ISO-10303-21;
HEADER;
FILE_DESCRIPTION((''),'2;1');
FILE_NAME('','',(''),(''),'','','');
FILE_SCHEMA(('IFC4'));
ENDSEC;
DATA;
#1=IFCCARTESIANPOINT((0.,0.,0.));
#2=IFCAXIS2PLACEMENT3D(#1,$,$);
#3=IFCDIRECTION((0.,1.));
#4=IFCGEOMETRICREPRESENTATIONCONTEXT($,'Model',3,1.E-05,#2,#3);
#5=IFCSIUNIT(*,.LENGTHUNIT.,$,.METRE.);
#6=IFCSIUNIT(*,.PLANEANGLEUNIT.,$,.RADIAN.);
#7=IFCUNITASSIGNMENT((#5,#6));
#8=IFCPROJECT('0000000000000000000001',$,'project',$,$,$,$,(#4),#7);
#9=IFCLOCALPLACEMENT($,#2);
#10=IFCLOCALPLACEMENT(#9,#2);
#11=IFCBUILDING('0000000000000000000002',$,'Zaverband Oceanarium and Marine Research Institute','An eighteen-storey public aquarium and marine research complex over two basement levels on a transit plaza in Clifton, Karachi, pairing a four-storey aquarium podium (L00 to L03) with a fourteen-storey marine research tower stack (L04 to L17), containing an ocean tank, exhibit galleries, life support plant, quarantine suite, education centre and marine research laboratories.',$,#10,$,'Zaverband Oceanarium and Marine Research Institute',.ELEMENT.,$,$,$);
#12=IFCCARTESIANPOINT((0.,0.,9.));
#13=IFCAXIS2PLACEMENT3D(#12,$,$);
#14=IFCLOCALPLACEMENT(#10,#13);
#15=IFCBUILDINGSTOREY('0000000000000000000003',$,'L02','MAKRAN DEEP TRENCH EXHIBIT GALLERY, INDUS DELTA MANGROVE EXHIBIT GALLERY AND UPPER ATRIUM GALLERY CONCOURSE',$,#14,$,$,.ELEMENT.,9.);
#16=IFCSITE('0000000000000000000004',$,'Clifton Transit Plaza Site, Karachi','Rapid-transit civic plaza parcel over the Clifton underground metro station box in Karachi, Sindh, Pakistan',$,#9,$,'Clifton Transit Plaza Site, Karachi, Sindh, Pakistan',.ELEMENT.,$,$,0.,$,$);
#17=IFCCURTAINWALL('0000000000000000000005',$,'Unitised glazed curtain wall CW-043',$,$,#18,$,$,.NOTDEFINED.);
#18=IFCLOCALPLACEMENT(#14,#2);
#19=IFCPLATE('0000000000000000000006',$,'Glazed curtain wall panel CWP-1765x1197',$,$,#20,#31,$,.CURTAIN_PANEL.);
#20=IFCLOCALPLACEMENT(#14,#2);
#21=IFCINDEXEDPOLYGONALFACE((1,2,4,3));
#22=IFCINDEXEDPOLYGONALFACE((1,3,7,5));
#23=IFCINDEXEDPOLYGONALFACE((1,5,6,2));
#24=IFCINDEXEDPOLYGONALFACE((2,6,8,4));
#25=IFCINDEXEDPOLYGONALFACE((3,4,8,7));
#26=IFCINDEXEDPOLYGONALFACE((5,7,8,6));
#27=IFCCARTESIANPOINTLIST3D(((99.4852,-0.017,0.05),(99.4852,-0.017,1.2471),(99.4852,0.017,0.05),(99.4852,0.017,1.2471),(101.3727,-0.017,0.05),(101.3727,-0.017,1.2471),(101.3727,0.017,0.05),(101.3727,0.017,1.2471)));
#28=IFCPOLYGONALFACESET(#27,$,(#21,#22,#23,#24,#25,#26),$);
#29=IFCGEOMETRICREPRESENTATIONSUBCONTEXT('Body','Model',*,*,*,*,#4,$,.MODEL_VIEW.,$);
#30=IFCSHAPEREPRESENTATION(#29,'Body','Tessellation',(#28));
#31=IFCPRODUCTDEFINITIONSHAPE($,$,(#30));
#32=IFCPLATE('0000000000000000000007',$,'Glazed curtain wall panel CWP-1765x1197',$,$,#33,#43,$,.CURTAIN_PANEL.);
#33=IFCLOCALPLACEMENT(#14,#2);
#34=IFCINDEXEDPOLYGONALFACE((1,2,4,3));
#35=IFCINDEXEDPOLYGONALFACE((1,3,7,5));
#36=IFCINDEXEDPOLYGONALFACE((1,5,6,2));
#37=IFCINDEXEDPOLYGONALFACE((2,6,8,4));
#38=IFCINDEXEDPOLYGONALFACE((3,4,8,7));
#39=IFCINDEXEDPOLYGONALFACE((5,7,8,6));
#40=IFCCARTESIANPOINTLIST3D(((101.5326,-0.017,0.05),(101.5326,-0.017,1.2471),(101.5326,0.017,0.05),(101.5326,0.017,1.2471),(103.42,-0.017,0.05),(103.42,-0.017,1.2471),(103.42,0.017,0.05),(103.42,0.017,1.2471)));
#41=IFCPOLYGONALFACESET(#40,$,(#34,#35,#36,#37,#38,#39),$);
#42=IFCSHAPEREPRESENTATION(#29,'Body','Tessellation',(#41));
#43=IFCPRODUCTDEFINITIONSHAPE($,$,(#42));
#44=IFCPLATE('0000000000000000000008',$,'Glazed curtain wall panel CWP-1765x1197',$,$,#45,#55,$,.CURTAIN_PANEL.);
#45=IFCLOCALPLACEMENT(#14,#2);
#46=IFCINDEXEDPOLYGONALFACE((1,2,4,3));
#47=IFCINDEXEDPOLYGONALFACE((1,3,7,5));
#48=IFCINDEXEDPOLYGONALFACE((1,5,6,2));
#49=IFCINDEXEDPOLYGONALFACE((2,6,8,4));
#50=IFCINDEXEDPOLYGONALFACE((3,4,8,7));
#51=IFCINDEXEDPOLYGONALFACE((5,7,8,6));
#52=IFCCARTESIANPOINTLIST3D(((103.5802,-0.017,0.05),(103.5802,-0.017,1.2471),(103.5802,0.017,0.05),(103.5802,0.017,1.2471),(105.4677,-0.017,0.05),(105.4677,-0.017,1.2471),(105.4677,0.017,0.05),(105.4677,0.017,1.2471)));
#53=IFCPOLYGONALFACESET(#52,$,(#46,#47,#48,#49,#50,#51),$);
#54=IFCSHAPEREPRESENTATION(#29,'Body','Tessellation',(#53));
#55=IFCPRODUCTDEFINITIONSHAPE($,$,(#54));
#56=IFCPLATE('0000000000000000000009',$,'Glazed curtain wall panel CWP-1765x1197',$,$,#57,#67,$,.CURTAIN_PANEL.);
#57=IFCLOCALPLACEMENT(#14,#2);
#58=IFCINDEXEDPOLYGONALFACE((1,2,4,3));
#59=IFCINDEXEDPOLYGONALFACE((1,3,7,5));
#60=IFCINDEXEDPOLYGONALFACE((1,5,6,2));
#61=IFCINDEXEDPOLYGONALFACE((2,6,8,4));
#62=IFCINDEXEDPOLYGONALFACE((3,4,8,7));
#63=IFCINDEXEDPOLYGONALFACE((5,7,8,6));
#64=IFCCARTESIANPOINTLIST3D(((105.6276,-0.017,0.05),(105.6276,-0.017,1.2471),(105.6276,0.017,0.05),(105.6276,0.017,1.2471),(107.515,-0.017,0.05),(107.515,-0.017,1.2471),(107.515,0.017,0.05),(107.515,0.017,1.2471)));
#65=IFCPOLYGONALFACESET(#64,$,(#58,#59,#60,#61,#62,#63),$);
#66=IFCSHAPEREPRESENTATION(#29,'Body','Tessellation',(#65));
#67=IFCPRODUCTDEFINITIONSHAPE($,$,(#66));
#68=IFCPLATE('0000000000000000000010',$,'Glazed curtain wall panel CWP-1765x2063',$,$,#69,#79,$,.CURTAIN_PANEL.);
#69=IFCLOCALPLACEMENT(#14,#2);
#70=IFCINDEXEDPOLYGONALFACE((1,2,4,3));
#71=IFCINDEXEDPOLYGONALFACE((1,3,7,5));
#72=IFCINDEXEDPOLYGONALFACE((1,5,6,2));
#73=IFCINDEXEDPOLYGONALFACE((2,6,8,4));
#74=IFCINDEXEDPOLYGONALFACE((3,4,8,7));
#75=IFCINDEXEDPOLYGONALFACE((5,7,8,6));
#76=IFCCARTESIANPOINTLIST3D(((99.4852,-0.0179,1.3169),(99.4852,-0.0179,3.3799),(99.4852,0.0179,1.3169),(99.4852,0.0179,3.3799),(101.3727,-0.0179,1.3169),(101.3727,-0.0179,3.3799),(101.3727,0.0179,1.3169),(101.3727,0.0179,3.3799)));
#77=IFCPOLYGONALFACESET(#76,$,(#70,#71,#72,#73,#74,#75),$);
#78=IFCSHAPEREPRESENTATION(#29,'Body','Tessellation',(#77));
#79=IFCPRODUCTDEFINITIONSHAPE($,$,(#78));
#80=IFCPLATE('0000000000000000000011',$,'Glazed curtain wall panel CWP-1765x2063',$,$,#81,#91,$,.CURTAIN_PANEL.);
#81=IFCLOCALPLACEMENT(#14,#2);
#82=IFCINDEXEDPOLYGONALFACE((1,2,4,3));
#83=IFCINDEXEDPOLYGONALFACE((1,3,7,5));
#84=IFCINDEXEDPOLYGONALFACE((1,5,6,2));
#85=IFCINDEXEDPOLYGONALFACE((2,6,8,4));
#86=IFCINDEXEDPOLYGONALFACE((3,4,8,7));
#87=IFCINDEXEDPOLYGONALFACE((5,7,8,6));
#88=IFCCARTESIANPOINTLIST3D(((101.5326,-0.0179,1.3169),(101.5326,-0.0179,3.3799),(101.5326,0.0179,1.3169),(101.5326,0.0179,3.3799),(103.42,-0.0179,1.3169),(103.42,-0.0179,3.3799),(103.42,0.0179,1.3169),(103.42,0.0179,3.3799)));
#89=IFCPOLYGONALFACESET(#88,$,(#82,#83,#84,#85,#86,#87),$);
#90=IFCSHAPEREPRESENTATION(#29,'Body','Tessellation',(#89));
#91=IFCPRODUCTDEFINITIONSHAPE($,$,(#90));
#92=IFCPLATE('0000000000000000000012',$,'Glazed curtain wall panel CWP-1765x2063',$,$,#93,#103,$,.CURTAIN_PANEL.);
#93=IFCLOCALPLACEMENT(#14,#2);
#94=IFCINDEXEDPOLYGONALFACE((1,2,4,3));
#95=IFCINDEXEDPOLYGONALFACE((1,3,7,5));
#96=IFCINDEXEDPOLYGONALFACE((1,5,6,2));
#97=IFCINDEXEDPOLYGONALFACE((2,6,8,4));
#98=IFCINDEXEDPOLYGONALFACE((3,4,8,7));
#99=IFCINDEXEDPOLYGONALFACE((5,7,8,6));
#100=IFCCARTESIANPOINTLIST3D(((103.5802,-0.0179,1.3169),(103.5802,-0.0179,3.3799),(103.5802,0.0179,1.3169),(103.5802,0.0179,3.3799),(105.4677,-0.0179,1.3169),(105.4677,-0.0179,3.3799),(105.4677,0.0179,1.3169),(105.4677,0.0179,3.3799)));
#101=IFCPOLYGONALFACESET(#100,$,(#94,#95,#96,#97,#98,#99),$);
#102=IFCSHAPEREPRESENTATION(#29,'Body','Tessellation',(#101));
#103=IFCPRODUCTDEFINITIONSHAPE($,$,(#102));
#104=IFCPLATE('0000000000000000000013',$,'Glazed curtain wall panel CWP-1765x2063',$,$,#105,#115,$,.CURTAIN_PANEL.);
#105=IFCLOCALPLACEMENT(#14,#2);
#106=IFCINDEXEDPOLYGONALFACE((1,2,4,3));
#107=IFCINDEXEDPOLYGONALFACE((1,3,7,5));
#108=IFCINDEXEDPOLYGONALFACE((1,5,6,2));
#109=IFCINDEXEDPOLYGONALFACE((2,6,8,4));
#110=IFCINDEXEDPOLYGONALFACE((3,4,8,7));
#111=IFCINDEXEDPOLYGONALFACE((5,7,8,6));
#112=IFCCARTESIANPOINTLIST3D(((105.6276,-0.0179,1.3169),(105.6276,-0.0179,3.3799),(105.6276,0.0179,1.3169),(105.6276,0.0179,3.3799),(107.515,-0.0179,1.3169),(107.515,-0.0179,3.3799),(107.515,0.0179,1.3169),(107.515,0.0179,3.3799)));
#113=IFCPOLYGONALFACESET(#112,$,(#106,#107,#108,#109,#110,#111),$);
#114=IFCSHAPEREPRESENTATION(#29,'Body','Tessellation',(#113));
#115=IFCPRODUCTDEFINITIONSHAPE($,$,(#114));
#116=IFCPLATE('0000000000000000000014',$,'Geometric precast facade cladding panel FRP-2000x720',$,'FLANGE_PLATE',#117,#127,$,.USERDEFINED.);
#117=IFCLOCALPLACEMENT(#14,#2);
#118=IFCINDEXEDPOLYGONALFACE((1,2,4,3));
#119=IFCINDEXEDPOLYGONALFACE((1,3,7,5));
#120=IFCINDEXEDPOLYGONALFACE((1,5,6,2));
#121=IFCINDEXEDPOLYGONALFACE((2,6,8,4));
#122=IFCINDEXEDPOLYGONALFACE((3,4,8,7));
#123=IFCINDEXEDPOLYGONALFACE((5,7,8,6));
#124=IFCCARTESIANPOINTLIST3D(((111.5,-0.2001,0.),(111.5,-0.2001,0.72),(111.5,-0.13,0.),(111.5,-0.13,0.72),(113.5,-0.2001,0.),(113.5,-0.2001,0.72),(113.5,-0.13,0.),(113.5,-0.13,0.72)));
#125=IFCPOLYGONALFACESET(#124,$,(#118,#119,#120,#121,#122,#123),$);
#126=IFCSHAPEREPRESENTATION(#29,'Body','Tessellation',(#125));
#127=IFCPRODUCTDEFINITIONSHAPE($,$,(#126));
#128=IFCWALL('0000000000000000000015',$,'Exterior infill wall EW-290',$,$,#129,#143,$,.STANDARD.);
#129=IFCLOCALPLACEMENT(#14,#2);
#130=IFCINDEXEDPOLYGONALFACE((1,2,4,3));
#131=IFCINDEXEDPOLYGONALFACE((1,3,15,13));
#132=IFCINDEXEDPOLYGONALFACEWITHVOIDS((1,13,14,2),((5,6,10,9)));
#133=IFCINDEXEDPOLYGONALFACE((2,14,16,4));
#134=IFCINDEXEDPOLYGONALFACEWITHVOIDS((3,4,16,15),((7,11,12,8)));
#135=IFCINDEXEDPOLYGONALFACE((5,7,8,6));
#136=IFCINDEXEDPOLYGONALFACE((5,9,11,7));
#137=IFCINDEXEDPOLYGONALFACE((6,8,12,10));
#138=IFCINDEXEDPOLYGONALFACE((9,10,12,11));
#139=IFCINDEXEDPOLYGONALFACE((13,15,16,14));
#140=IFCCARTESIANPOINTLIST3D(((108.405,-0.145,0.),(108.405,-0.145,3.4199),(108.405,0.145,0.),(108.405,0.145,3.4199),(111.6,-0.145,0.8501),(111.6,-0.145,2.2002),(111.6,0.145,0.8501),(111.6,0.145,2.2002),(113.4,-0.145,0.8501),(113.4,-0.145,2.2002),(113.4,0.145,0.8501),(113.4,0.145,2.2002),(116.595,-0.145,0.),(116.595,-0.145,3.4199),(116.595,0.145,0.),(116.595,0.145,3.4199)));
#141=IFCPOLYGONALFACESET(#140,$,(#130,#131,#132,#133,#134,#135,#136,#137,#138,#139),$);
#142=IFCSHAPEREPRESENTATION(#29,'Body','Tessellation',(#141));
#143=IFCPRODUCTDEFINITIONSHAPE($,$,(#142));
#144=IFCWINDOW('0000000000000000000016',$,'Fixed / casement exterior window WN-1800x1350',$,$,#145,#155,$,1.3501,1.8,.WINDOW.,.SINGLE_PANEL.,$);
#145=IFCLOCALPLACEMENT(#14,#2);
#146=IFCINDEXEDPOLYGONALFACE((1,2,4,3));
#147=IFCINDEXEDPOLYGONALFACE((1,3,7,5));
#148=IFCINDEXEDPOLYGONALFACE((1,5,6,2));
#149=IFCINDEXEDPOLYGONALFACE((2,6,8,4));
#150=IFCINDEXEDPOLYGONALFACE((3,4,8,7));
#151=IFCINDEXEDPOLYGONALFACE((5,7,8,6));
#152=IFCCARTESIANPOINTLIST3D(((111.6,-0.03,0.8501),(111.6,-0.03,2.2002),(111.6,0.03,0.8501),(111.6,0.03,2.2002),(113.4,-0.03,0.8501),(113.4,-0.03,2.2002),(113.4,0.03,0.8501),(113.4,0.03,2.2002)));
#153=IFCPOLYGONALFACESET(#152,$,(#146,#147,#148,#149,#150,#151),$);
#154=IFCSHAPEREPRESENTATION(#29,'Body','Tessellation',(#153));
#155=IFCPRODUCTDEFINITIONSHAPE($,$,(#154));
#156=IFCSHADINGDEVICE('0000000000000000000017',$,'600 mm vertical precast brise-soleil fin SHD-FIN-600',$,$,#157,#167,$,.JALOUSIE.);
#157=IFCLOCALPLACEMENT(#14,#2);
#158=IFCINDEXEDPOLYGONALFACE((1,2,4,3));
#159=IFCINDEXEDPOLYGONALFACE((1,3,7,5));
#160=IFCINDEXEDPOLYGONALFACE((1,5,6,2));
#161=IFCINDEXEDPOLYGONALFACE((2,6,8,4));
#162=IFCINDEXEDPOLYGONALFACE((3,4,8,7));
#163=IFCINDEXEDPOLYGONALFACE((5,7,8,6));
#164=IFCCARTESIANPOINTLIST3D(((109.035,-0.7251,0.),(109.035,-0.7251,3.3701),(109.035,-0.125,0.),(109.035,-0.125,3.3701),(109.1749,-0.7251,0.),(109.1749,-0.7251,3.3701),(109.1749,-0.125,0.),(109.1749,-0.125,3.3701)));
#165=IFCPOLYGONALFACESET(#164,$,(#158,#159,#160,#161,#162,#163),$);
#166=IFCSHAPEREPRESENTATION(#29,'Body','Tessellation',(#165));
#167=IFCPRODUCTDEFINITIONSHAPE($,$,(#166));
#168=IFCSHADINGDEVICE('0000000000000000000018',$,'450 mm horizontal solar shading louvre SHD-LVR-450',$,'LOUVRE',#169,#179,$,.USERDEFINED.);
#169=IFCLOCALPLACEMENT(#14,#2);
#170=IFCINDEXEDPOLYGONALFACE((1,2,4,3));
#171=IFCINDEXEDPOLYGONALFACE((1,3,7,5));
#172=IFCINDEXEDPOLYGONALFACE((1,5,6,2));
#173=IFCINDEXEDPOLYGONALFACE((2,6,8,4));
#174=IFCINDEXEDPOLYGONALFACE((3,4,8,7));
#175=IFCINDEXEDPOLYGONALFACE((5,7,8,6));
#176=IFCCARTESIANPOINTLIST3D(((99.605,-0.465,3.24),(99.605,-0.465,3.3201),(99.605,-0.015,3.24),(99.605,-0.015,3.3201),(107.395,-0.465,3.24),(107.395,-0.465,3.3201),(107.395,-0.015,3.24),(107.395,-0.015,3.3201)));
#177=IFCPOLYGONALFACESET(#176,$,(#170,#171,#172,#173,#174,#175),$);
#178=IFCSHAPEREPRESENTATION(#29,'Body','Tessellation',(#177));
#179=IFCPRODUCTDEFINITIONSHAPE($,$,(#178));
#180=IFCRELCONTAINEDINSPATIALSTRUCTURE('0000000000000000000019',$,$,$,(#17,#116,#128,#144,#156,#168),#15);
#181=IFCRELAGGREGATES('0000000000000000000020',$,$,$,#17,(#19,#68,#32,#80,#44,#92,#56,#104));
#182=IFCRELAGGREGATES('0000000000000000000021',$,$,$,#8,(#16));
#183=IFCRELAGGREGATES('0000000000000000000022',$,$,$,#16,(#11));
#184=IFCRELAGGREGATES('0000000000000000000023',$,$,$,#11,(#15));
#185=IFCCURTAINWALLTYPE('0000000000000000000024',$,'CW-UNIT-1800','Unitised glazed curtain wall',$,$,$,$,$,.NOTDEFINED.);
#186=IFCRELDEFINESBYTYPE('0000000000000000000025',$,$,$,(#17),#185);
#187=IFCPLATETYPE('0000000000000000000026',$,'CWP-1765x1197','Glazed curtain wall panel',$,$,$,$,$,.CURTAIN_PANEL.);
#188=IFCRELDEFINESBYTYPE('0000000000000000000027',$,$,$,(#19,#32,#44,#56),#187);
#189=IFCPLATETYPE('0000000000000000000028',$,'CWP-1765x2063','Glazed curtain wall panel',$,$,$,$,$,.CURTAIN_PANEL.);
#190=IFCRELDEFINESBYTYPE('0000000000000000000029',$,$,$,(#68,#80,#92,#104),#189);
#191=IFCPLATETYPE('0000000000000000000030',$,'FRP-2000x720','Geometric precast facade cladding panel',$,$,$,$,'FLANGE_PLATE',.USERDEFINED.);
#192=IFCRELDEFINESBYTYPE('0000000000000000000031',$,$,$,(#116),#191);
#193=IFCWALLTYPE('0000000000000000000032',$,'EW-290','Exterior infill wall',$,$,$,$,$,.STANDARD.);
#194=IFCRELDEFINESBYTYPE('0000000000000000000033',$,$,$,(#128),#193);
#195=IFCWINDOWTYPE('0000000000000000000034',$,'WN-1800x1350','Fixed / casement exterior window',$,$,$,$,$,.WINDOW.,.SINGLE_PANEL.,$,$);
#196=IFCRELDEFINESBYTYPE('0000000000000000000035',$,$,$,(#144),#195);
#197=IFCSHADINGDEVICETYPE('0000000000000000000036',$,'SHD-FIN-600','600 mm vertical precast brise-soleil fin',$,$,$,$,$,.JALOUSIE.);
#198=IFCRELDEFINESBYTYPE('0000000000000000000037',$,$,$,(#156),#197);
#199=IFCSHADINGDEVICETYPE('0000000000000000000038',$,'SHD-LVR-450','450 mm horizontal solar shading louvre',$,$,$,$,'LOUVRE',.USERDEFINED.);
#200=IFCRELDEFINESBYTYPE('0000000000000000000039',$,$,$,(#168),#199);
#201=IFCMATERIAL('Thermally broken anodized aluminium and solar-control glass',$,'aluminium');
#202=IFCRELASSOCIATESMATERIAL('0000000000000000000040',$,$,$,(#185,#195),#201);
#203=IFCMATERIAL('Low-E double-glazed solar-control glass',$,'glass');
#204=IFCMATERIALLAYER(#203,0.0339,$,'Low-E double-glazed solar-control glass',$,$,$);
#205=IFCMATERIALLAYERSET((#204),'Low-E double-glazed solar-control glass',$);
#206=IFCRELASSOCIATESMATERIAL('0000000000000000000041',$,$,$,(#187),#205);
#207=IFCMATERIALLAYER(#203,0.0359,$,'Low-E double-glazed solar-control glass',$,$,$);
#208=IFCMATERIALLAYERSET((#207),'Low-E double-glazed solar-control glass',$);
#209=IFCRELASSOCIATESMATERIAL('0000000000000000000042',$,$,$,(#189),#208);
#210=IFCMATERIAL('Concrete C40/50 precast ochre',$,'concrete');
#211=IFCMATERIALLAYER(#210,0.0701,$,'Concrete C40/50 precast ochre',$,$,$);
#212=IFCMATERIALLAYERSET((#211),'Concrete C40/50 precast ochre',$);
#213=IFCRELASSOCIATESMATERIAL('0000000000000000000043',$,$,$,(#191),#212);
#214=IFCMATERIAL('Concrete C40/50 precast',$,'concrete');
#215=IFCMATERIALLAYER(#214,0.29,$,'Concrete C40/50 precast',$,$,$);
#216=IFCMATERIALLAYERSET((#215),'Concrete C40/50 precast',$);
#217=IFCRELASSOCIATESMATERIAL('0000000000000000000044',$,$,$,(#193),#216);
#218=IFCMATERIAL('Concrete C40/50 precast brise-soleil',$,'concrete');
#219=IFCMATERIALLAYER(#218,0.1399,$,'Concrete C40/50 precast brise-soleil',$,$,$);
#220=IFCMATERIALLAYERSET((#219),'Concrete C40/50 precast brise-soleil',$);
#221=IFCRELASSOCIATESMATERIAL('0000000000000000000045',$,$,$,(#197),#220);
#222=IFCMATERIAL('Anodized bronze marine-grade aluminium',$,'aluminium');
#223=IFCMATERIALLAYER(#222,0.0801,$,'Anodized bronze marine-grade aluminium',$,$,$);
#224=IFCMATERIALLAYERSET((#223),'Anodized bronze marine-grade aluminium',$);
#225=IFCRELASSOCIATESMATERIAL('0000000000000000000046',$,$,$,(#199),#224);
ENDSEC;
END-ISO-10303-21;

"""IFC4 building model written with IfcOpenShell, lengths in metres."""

from ifc_helpers import new_model, si_unit, direction, frame, frame_2d, origin, place, context, subcontext, project, spatial, rectangle, extrude, material, layer, layer_set, type_object, element, fill, aggregate, save


model = new_model("IFC4")

# Units and contexts
model_context = context("Model", 3, precision=1e-05, world=origin(), true_north=direction((0.0, 1.0)))
body_context = subcontext(model_context, "Body", "Model", "MODEL_VIEW")
ifc_project = project(units=[si_unit("LENGTHUNIT", "METRE"), si_unit("PLANEANGLEUNIT", "RADIAN")], contexts=[model_context])

# Site, building, storey
site_placement = place(None, origin())
site = spatial("IfcSite", under=ifc_project, at=site_placement, Name="Clifton Transit Plaza Site, Karachi", Description="Rapid-transit civic plaza parcel over the Clifton underground metro station box in Karachi, Sindh, Pakistan", LongName="Clifton Transit Plaza Site, Karachi, Sindh, Pakistan", CompositionType="ELEMENT", RefElevation=0.0)
building_placement = place(site_placement, origin())
building = spatial("IfcBuilding", under=site, at=building_placement, Name="Zaverband Oceanarium and Marine Research Institute", Description="An eighteen-storey public aquarium and marine research complex over two basement levels on a transit plaza in Clifton, Karachi, pairing a four-storey aquarium podium (L00 to L03) with a fourteen-storey marine research tower stack (L04 to L17), containing an ocean tank, exhibit galleries, life support plant, quarantine suite, education centre and marine research laboratories.", LongName="Zaverband Oceanarium and Marine Research Institute", CompositionType="ELEMENT")
storey_placement = place(building_placement, frame((0.0, 0.0, 9.0)))
storey = spatial("IfcBuildingStorey", under=building, at=storey_placement, Name="L02", Description="MAKRAN DEEP TRENCH EXHIBIT GALLERY, INDUS DELTA MANGROVE EXHIBIT GALLERY AND UPPER ATRIUM GALLERY CONCOURSE", CompositionType="ELEMENT", Elevation=9.0)

# Curtain wall
ifc_material_1 = material(Name="Thermally broken anodized aluminium and solar-control glass", Category="aluminium")
curtain_wall_type = type_object("IfcCurtainWallType", Name="CW-UNIT-1800", Description="Unitised glazed curtain wall", PredefinedType="NOTDEFINED", material=ifc_material_1)
curtain_wall_placement = place(storey_placement, origin())
curtain_wall = element("IfcCurtainWall", 1, at=curtain_wall_placement, inside=storey, type_object=curtain_wall_type, Name="Unitised glazed curtain wall CW-043", PredefinedType="NOTDEFINED")

# Plates
ifc_material_2 = material(Name="Low-E double-glazed solar-control glass", Category="glass")
ifc_layer_1 = layer(ifc_material_2, 0.0339, Name="Low-E double-glazed solar-control glass")
ifc_layer_set_1 = layer_set([ifc_layer_1], Name="Low-E double-glazed solar-control glass")
plate_type_1 = type_object("IfcPlateType", Name="CWP-1765x1197", Description="Glazed curtain wall panel", PredefinedType="CURTAIN_PANEL", material=ifc_layer_set_1)
plate_1_placement = place(storey_placement, frame((99.4851, 0.0, 0.05), z_axis=(0.0, 0.0, 1.0), x_axis=(1.0, 0.0, 0.0)))
plate_1 = element("IfcPlate", 2, at=plate_1_placement, type_object=plate_type_1, Name="Glazed curtain wall panel CWP-1765x1197", PredefinedType="CURTAIN_PANEL", context=body_context, shape_type="SweptSolid", body=[
    extrude(rectangle(XDim=1.8875, YDim=0.0339, at=frame_2d((0.9438, 0.0))), origin(), (0.0, 0.0, 1.0), 1.197),
])
plate_2_placement = place(storey_placement, frame((101.5325, 0.0, 0.05), z_axis=(0.0, 0.0, 1.0), x_axis=(1.0, 0.0, 0.0)))
plate_2 = element("IfcPlate", 3, at=plate_2_placement, type_object=plate_type_1, Name="Glazed curtain wall panel CWP-1765x1197", PredefinedType="CURTAIN_PANEL", context=body_context, shape_type="SweptSolid", body=[
    extrude(rectangle(XDim=1.8875, YDim=0.0339, at=frame_2d((0.9438, 0.0))), origin(), (0.0, 0.0, 1.0), 1.197),
])
plate_3_placement = place(storey_placement, frame((103.5801, 0.0, 0.05), z_axis=(0.0, 0.0, 1.0), x_axis=(1.0, 0.0, 0.0)))
plate_3 = element("IfcPlate", 4, at=plate_3_placement, type_object=plate_type_1, Name="Glazed curtain wall panel CWP-1765x1197", PredefinedType="CURTAIN_PANEL", context=body_context, shape_type="SweptSolid", body=[
    extrude(rectangle(XDim=1.8875, YDim=0.0339, at=frame_2d((0.9438, 0.0))), origin(), (0.0, 0.0, 1.0), 1.197),
])
plate_4_placement = place(storey_placement, frame((105.6274, 0.0, 0.05), z_axis=(0.0, 0.0, 1.0), x_axis=(1.0, 0.0, 0.0)))
plate_4 = element("IfcPlate", 5, at=plate_4_placement, type_object=plate_type_1, Name="Glazed curtain wall panel CWP-1765x1197", PredefinedType="CURTAIN_PANEL", context=body_context, shape_type="SweptSolid", body=[
    extrude(rectangle(XDim=1.8875, YDim=0.0339, at=frame_2d((0.9438, 0.0))), origin(), (0.0, 0.0, 1.0), 1.197),
])
ifc_layer_2 = layer(ifc_material_2, 0.0359, Name="Low-E double-glazed solar-control glass")
ifc_layer_set_2 = layer_set([ifc_layer_2], Name="Low-E double-glazed solar-control glass")
plate_type_2 = type_object("IfcPlateType", Name="CWP-1765x2063", Description="Glazed curtain wall panel", PredefinedType="CURTAIN_PANEL", material=ifc_layer_set_2)
plate_5_placement = place(storey_placement, frame((99.4851, 0.0, 1.3169), z_axis=(0.0, 0.0, 1.0), x_axis=(1.0, 0.0, 0.0)))
plate_5 = element("IfcPlate", 6, at=plate_5_placement, type_object=plate_type_2, Name="Glazed curtain wall panel CWP-1765x2063", PredefinedType="CURTAIN_PANEL", context=body_context, shape_type="SweptSolid", body=[
    extrude(rectangle(XDim=1.8875, YDim=0.0359, at=frame_2d((0.9438, 0.0))), origin(), (0.0, 0.0, 1.0), 2.063),
])
plate_6_placement = place(storey_placement, frame((101.5325, 0.0, 1.3169), z_axis=(0.0, 0.0, 1.0), x_axis=(1.0, 0.0, 0.0)))
plate_6 = element("IfcPlate", 7, at=plate_6_placement, type_object=plate_type_2, Name="Glazed curtain wall panel CWP-1765x2063", PredefinedType="CURTAIN_PANEL", context=body_context, shape_type="SweptSolid", body=[
    extrude(rectangle(XDim=1.8875, YDim=0.0359, at=frame_2d((0.9438, 0.0))), origin(), (0.0, 0.0, 1.0), 2.063),
])
plate_7_placement = place(storey_placement, frame((103.5801, 0.0, 1.3169), z_axis=(0.0, 0.0, 1.0), x_axis=(1.0, 0.0, 0.0)))
plate_7 = element("IfcPlate", 8, at=plate_7_placement, type_object=plate_type_2, Name="Glazed curtain wall panel CWP-1765x2063", PredefinedType="CURTAIN_PANEL", context=body_context, shape_type="SweptSolid", body=[
    extrude(rectangle(XDim=1.8875, YDim=0.0359, at=frame_2d((0.9438, 0.0))), origin(), (0.0, 0.0, 1.0), 2.063),
])
plate_8_placement = place(storey_placement, frame((105.6274, 0.0, 1.3169), z_axis=(0.0, 0.0, 1.0), x_axis=(1.0, 0.0, 0.0)))
plate_8 = element("IfcPlate", 9, at=plate_8_placement, type_object=plate_type_2, Name="Glazed curtain wall panel CWP-1765x2063", PredefinedType="CURTAIN_PANEL", context=body_context, shape_type="SweptSolid", body=[
    extrude(rectangle(XDim=1.8875, YDim=0.0359, at=frame_2d((0.9438, 0.0))), origin(), (0.0, 0.0, 1.0), 2.063),
])
aggregate(curtain_wall, [plate_1, plate_5, plate_2, plate_6, plate_3, plate_7, plate_4, plate_8])
ifc_material_3 = material(Name="Concrete C40/50 precast ochre", Category="concrete")
ifc_layer_3 = layer(ifc_material_3, 0.0701, Name="Concrete C40/50 precast ochre")
ifc_layer_set_3 = layer_set([ifc_layer_3], Name="Concrete C40/50 precast ochre")
plate_type_3 = type_object("IfcPlateType", Name="FRP-2000x720", Description="Geometric precast facade cladding panel", ElementType="FLANGE_PLATE", PredefinedType="USERDEFINED", material=ifc_layer_set_3)
plate_9_placement = place(storey_placement, frame((111.5, -0.165, 0.0), z_axis=(0.0, 0.0, 1.0), x_axis=(1.0, 0.0, 0.0)))
element("IfcPlate", 10, at=plate_9_placement, inside=storey, type_object=plate_type_3, Name="Geometric precast facade cladding panel FRP-2000x720", ObjectType="FLANGE_PLATE", PredefinedType="USERDEFINED", context=body_context, shape_type="SweptSolid", body=[
    extrude(rectangle(XDim=2.0, YDim=0.0701, at=frame_2d((1.0, 0.0))), origin(), (0.0, 0.0, 1.0), 0.72),
])

# Wall, opening, window
ifc_material_4 = material(Name="Concrete C40/50 precast", Category="concrete")
ifc_layer_4 = layer(ifc_material_4, 0.29, Name="Concrete C40/50 precast")
ifc_layer_set_4 = layer_set([ifc_layer_4], Name="Concrete C40/50 precast")
wall_type = type_object("IfcWallType", Name="EW-290", Description="Exterior infill wall", PredefinedType="STANDARD", material=ifc_layer_set_4)
wall_placement = place(storey_placement, frame((108.405, 0.0, 0.0), z_axis=(0.0, 0.0, 1.0), x_axis=(1.0, 0.0, 0.0)))
wall = element("IfcWall", 11, at=wall_placement, inside=storey, type_object=wall_type, Name="Exterior infill wall EW-290", PredefinedType="STANDARD", context=body_context, shape_type="SweptSolid", body=[
    extrude(rectangle(XDim=8.1899, YDim=0.29, at=frame_2d((4.095, 0.0))), origin(), (0.0, 0.0, 1.0), 3.4199),
])
opening_placement = place(wall_placement, frame((3.1951, 0.0, 0.8501)))
opening = element("IfcOpeningElement", 12, at=opening_placement, cuts=wall, PredefinedType="OPENING", context=body_context, shape_type="SweptSolid", body=[
    extrude(rectangle(XDim=1.8, YDim=1.3501, at=frame_2d((0.8999, 0.675))), frame((0.0, 0.157, 0.0), z_axis=(0.0, -1.0, 0.0), x_axis=(1.0, 0.0, 0.0)), (0.0, 0.0, 1.0), 0.314),
])
window_type = type_object("IfcWindowType", Name="WN-1800x1350", Description="Fixed / casement exterior window", PartitioningType="SINGLE_PANEL", PredefinedType="WINDOW", material=ifc_material_1)
window_placement = place(opening_placement, origin())
window = element("IfcWindow", 13, at=window_placement, inside=storey, type_object=window_type, Name="Fixed / casement exterior window WN-1800x1350", OverallHeight=1.3501, OverallWidth=1.8, PartitioningType="SINGLE_PANEL", PredefinedType="WINDOW", context=body_context, shape_type="SweptSolid", body=[
    extrude(rectangle(XDim=1.8, YDim=1.3501, at=frame_2d((0.8999, 0.675))), frame((0.0, 0.03, 0.0), z_axis=(0.0, -1.0, 0.0), x_axis=(1.0, 0.0, 0.0)), (0.0, 0.0, 1.0), 0.0601),
])
fill(opening, window)

# Shading devices
ifc_material_5 = material(Name="Concrete C40/50 precast brise-soleil", Category="concrete")
ifc_layer_5 = layer(ifc_material_5, 0.1399, Name="Concrete C40/50 precast brise-soleil")
ifc_layer_set_5 = layer_set([ifc_layer_5], Name="Concrete C40/50 precast brise-soleil")
shading_device_type_1 = type_object("IfcShadingDeviceType", Name="SHD-FIN-600", Description="600 mm vertical precast brise-soleil fin", PredefinedType="JALOUSIE", material=ifc_layer_set_5)
shading_device_1_placement = place(storey_placement, frame((109.105, -0.125, 0.0), z_axis=(0.0, 0.0, 1.0), x_axis=(0.0, -1.0, 0.0)))
element("IfcShadingDevice", 14, at=shading_device_1_placement, inside=storey, type_object=shading_device_type_1, Name="600 mm vertical precast brise-soleil fin SHD-FIN-600", PredefinedType="JALOUSIE", context=body_context, shape_type="SweptSolid", body=[
    extrude(rectangle(XDim=0.6001, YDim=0.1399, at=frame_2d((0.3, 0.0))), origin(), (0.0, 0.0, 1.0), 3.3701),
])
ifc_material_6 = material(Name="Anodized bronze marine-grade aluminium", Category="aluminium")
ifc_layer_6 = layer(ifc_material_6, 0.0801, Name="Anodized bronze marine-grade aluminium")
ifc_layer_set_6 = layer_set([ifc_layer_6], Name="Anodized bronze marine-grade aluminium")
shading_device_type_2 = type_object("IfcShadingDeviceType", Name="SHD-LVR-450", Description="450 mm horizontal solar shading louvre", ElementType="LOUVRE", PredefinedType="USERDEFINED", material=ifc_layer_set_6)
shading_device_2_placement = place(storey_placement, frame((99.605, -0.24, 3.24), z_axis=(0.0, 0.0, 1.0), x_axis=(1.0, 0.0, 0.0)))
element("IfcShadingDevice", 15, at=shading_device_2_placement, inside=storey, type_object=shading_device_type_2, Name="450 mm horizontal solar shading louvre SHD-LVR-450", ObjectType="LOUVRE", PredefinedType="USERDEFINED", context=body_context, shape_type="SweptSolid", body=[
    extrude(rectangle(XDim=7.79, YDim=0.45, at=frame_2d((3.895, 0.0))), origin(), (0.0, 0.0, 1.0), 0.0801),
])

save(model, "model.ifc")
